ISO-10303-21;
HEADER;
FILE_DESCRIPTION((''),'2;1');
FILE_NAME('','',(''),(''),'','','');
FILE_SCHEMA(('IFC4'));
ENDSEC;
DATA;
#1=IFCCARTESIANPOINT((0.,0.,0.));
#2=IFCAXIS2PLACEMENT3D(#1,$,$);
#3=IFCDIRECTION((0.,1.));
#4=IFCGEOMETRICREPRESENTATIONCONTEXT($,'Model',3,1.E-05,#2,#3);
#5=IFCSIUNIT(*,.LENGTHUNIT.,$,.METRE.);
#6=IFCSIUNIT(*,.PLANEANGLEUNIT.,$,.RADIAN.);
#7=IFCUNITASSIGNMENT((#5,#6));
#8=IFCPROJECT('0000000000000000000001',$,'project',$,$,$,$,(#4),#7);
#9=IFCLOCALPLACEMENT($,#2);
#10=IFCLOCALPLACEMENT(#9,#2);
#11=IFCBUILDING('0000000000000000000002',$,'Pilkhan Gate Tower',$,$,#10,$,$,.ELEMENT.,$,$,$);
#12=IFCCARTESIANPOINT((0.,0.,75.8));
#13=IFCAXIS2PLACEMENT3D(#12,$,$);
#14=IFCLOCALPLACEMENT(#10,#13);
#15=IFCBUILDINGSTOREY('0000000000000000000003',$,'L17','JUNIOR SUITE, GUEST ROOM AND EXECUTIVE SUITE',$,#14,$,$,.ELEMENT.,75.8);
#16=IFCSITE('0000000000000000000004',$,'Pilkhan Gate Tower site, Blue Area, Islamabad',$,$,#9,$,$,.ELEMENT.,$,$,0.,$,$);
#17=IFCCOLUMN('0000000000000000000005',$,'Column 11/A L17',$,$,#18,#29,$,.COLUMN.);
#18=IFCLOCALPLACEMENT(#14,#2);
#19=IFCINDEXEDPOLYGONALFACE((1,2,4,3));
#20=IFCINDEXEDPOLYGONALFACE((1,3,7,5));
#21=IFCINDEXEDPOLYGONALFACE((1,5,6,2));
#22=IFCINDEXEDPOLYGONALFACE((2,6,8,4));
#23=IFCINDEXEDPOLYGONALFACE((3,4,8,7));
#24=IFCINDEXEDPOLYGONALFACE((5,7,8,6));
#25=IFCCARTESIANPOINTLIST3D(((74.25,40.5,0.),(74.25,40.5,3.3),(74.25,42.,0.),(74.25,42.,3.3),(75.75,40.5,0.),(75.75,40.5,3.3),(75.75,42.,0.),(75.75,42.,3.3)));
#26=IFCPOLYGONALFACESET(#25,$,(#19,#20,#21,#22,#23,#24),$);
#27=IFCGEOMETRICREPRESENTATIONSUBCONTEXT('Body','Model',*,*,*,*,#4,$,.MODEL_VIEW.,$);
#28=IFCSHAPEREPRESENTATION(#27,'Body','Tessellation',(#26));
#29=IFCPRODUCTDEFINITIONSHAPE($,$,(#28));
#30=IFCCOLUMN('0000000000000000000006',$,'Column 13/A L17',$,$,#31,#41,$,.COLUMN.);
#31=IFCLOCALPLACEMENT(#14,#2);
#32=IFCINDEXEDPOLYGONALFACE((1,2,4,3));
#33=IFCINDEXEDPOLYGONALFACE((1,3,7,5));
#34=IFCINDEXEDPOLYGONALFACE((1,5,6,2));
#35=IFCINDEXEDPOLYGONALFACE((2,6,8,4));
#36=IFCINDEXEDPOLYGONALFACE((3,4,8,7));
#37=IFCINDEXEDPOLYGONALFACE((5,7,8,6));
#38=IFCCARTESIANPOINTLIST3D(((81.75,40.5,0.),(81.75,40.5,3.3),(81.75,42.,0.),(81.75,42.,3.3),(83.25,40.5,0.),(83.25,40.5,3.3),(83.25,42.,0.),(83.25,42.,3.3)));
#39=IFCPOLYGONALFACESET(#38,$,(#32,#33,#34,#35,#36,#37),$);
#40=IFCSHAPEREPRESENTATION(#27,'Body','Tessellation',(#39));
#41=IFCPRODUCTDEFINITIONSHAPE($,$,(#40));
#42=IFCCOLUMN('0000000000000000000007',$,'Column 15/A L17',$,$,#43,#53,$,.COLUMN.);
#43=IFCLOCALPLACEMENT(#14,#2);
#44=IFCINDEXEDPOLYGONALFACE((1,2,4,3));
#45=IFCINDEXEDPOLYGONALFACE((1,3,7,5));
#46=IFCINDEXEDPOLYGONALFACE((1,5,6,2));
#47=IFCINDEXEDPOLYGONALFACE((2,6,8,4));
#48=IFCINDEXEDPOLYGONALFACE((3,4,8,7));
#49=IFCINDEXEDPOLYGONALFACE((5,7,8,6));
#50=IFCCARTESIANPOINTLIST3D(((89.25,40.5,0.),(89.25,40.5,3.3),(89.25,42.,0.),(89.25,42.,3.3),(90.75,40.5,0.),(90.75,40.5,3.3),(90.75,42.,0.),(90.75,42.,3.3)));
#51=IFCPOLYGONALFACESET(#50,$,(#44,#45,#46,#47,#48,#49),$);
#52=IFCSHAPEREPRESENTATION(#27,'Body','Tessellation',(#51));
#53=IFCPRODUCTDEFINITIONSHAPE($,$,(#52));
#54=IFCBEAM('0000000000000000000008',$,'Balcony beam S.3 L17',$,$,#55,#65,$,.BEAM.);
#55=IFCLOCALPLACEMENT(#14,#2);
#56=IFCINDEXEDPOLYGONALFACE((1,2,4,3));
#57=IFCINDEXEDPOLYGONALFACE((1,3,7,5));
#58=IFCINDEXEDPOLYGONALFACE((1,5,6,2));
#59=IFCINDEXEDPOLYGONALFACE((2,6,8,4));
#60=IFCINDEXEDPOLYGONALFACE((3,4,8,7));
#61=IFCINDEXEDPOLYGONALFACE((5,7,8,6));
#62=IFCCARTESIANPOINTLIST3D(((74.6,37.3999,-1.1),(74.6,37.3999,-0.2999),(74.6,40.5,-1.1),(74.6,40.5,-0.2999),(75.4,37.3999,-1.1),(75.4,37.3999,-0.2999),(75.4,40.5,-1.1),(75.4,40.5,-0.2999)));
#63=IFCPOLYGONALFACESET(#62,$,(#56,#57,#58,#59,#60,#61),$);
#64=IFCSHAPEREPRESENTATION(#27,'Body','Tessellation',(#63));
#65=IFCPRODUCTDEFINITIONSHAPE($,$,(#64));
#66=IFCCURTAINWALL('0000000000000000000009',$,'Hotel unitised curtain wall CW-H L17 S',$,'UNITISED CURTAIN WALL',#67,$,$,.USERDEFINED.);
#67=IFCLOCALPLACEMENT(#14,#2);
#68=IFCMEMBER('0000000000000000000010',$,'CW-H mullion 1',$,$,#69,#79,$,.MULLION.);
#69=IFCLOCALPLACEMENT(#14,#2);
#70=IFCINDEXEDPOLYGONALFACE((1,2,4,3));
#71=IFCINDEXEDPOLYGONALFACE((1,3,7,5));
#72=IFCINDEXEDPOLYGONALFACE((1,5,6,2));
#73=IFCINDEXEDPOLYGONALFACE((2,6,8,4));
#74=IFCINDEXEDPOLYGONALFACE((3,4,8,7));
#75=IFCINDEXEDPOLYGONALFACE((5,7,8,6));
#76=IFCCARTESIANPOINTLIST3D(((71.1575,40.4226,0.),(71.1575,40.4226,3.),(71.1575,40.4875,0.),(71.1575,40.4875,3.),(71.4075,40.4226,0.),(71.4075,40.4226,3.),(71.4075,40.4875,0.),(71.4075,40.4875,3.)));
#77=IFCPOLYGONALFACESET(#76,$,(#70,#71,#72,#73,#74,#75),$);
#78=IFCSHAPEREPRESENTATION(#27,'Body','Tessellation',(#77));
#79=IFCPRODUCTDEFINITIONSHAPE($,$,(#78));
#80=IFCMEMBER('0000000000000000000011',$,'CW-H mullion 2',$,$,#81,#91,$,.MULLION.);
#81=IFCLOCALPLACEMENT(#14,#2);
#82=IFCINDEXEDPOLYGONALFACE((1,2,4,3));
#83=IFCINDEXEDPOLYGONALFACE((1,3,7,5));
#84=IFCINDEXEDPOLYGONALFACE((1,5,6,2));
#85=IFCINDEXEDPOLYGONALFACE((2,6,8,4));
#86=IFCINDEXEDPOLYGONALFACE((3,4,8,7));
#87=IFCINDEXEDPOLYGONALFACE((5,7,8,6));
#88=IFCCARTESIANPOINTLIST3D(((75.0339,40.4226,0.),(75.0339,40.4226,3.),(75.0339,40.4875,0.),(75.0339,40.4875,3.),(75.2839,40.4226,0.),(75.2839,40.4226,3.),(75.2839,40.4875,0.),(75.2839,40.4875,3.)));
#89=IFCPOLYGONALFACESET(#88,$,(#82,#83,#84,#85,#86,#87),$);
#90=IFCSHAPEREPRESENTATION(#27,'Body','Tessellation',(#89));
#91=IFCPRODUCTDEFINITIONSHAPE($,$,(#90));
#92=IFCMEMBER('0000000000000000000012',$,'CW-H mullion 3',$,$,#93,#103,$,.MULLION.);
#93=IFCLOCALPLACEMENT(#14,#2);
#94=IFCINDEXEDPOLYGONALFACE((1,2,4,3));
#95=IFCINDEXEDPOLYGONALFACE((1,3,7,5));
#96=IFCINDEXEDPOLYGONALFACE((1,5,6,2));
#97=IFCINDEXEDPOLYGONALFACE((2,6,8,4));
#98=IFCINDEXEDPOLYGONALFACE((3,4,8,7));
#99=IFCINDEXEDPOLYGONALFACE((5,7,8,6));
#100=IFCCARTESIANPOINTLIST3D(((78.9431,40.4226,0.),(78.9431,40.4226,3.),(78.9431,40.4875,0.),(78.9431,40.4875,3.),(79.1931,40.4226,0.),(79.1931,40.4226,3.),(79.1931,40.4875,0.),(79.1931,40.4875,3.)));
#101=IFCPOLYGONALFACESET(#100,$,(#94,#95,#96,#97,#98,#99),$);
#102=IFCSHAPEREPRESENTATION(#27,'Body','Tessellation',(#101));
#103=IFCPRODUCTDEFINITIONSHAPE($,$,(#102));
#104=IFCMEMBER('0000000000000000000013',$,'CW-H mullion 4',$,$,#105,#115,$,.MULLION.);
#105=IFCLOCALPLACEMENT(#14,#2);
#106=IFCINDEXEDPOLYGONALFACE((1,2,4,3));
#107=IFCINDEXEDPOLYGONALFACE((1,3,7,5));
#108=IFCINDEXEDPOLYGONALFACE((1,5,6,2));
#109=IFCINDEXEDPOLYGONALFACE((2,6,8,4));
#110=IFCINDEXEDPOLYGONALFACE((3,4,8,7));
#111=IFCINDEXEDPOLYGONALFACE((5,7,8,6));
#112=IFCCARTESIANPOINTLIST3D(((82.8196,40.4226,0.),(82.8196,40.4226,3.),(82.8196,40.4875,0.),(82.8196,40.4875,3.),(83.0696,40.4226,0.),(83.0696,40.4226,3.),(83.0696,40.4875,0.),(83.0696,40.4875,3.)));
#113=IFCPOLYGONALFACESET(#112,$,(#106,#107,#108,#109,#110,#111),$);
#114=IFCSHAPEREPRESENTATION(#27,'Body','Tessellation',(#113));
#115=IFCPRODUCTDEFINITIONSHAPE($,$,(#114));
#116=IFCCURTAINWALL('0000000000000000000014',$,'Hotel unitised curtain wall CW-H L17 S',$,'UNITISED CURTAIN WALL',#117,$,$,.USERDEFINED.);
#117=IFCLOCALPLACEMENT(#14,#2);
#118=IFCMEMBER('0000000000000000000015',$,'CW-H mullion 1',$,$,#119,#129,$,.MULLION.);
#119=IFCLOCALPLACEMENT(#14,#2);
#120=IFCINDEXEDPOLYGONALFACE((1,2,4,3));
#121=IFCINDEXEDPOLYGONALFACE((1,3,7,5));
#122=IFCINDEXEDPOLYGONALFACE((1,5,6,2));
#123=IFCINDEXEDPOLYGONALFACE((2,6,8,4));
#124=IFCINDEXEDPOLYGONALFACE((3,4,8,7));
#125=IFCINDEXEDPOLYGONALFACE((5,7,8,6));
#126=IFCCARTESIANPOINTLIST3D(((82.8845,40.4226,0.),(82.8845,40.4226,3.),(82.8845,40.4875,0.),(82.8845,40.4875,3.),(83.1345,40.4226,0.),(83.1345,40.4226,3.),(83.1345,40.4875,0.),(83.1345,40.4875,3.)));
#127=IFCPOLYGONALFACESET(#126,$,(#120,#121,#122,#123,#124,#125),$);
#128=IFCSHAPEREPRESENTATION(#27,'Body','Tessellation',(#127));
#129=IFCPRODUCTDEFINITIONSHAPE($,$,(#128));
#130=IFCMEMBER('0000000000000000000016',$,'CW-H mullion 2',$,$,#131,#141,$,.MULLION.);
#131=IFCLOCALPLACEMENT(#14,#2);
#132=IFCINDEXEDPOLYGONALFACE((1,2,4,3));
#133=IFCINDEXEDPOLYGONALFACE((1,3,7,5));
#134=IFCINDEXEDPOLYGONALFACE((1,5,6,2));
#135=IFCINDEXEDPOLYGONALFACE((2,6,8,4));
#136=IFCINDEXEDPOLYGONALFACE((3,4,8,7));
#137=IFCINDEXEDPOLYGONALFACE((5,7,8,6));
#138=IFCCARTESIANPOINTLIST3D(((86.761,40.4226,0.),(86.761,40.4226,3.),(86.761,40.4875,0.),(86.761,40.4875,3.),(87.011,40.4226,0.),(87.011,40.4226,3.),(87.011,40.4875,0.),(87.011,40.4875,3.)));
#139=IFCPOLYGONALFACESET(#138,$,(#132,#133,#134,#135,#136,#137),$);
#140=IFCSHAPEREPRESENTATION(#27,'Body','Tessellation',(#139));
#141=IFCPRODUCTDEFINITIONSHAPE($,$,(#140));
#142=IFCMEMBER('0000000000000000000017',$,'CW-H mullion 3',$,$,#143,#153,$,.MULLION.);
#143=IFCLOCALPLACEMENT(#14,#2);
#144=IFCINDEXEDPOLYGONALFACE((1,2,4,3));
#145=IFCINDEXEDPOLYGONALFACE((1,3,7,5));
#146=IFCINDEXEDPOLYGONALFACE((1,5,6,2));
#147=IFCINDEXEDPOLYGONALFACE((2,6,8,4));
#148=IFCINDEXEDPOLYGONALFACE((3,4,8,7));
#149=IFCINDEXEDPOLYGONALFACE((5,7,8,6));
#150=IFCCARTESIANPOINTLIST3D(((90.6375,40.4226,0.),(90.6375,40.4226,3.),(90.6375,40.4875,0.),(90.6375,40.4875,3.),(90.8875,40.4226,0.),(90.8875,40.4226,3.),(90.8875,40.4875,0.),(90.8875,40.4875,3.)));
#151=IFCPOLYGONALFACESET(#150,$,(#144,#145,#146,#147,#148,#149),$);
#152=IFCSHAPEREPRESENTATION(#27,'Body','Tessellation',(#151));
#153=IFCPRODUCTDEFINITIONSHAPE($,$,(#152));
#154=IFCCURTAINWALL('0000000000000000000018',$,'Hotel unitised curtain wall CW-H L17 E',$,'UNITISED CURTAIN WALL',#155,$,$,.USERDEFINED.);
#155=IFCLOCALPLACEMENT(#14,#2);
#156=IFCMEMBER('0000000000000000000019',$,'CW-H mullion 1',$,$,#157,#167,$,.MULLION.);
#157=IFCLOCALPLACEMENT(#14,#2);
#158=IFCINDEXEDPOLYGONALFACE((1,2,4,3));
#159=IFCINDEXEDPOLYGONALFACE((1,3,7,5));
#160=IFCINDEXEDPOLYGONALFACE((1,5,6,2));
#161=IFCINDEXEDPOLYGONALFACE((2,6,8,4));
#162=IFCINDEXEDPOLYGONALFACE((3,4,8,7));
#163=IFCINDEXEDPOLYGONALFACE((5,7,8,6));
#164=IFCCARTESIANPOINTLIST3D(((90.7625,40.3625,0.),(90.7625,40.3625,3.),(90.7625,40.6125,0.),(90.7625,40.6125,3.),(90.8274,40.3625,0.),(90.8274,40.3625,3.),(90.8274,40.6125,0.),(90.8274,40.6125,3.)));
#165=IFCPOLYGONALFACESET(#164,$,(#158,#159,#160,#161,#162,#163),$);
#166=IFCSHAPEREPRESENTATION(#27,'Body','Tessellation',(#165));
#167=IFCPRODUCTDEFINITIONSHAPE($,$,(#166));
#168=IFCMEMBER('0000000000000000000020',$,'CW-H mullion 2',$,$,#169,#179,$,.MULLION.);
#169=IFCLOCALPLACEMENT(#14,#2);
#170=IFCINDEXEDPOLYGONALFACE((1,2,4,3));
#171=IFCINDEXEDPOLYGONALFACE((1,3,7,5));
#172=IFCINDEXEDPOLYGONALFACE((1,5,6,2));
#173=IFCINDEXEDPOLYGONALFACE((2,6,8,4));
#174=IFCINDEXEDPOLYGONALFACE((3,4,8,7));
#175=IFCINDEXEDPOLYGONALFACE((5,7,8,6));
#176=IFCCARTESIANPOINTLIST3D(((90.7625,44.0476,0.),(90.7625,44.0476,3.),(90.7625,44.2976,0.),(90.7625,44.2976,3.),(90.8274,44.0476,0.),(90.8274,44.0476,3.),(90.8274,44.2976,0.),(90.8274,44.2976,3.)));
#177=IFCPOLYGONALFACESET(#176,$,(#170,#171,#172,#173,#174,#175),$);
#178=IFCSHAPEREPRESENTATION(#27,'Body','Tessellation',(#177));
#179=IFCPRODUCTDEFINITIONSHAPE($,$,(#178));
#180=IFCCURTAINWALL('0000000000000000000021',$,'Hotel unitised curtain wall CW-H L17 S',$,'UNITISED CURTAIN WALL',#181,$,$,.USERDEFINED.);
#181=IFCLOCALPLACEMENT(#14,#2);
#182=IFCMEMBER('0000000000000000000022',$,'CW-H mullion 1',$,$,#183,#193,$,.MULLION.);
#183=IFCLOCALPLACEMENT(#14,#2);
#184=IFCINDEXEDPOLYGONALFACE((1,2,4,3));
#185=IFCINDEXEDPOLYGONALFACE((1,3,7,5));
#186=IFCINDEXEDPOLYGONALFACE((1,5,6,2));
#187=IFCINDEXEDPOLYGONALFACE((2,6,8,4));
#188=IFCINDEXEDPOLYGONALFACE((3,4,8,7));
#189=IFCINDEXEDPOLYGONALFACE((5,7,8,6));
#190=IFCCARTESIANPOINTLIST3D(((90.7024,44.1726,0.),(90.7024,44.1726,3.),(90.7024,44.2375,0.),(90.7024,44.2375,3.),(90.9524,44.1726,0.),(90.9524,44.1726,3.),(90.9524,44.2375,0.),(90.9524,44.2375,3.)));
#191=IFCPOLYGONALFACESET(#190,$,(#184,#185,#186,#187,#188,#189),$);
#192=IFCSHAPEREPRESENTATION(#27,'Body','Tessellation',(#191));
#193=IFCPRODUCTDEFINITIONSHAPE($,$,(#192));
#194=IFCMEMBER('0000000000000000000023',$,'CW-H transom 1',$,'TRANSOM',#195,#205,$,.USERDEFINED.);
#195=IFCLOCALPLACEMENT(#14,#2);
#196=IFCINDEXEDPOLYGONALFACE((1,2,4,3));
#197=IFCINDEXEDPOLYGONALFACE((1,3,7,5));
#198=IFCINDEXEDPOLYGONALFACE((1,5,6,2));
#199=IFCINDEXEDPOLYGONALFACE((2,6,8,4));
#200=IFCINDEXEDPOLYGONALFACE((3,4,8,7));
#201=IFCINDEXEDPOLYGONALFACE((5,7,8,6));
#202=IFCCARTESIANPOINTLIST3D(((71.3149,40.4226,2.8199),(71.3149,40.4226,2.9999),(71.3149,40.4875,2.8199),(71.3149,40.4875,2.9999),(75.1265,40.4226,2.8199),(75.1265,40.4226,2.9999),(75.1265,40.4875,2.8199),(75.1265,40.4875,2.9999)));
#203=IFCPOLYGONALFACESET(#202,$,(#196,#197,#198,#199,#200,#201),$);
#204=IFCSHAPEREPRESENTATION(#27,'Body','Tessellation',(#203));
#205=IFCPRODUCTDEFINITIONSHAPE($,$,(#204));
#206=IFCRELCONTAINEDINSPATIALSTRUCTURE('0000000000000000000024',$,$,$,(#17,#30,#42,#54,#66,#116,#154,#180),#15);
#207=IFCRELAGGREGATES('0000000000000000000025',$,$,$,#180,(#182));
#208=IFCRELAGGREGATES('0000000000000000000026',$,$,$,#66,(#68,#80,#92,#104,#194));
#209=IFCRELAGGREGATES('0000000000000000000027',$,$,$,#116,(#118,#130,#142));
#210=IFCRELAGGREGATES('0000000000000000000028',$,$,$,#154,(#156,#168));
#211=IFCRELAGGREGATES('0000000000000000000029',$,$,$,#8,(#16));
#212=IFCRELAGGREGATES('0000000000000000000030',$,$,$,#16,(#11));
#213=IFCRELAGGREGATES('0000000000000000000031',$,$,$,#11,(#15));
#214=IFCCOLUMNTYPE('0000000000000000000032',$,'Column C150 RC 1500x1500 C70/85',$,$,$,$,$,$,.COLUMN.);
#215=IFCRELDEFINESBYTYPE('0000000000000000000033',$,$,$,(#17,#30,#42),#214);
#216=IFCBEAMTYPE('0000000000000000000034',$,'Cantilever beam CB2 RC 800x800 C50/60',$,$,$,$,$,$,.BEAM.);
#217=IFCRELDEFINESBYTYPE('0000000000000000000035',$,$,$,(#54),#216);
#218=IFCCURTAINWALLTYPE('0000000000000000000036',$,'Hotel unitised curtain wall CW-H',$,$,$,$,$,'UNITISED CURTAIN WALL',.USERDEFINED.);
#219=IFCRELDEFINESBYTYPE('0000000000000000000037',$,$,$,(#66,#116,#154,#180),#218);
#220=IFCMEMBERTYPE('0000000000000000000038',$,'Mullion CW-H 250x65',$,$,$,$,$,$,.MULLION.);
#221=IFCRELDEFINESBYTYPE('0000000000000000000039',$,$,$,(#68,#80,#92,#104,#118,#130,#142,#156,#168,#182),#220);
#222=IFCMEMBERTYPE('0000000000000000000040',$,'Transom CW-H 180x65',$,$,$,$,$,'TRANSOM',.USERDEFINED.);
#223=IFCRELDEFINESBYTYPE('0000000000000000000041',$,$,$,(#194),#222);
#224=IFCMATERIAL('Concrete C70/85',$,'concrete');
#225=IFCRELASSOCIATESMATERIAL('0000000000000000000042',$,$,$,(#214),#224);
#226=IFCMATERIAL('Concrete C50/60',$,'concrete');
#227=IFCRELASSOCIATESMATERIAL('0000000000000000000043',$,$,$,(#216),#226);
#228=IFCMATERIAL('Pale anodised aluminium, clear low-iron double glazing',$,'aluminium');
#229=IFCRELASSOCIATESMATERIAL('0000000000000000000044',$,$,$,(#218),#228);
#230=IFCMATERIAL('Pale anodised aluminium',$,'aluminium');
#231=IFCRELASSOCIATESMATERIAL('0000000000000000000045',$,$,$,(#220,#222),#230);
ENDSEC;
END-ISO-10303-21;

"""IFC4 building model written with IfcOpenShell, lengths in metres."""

from ifc_helpers import new_model, si_unit, direction, frame, origin, origin_2d, place, context, subcontext, project, spatial, rectangle, extrude, material, material_profile, profile_set, type_object, element, aggregate, save


model = new_model("IFC4")

# Units and contexts
model_context = context("Model", 3, precision=1e-05, world=origin(), true_north=direction((0.0, 1.0)))
body_context = subcontext(model_context, "Body", "Model", "MODEL_VIEW")
ifc_project = project(units=[si_unit("LENGTHUNIT", "METRE"), si_unit("PLANEANGLEUNIT", "RADIAN")], contexts=[model_context])

# Site, building, storey
site_placement = place(None, origin())
site = spatial("IfcSite", under=ifc_project, at=site_placement, Name="Pilkhan Gate Tower site, Blue Area, Islamabad", CompositionType="ELEMENT", RefElevation=0.0)
building_placement = place(site_placement, origin())
building = spatial("IfcBuilding", under=site, at=building_placement, Name="Pilkhan Gate Tower", CompositionType="ELEMENT")
storey_placement = place(building_placement, frame((0.0, 0.0, 75.8)))
storey = spatial("IfcBuildingStorey", under=building, at=storey_placement, Name="L17", Description="JUNIOR SUITE, GUEST ROOM AND EXECUTIVE SUITE", CompositionType="ELEMENT", Elevation=75.8)

# Columns
ifc_material_1 = material(Name="Concrete C70/85", Category="concrete")
ifc_material_profile_1 = material_profile(ifc_material_1, rectangle(XDim=1.5, YDim=1.5, at=origin_2d()), Name="RC 1500x1500")
ifc_profile_set_1 = profile_set([ifc_material_profile_1], Name="Concrete C70/85")
column_type = type_object("IfcColumnType", Name="Column C150 RC 1500x1500 C70/85", PredefinedType="COLUMN", material=ifc_profile_set_1)
for number, where, z_axis, x_axis, name in (
    (1, (75.0, 41.25, 0.0), (0.0, 0.0, 1.0), (1.0, 0.0, 0.0), "Column 11/A L17"),
    (2, (82.5, 41.25, 0.0), (0.0, 0.0, 1.0), (1.0, 0.0, 0.0), "Column 13/A L17"),
    (3, (90.0, 41.25, 0.0), (0.0, 0.0, 1.0), (1.0, 0.0, 0.0), "Column 15/A L17"),
):
    element("IfcColumn", number, at=place(storey_placement, frame(where, z_axis=z_axis, x_axis=x_axis)), inside=storey, type_object=column_type, Name=name, PredefinedType="COLUMN", context=body_context, shape_type="SweptSolid", body=[
        extrude(rectangle(XDim=1.5, YDim=1.5, at=origin_2d()), origin(), (0.0, 0.0, 1.0), 3.3),
    ])

# Beam
ifc_material_2 = material(Name="Concrete C50/60", Category="concrete")
ifc_material_profile_2 = material_profile(ifc_material_2, rectangle(XDim=0.8, YDim=0.8, at=origin_2d()), Name="RC 800x800")
ifc_profile_set_2 = profile_set([ifc_material_profile_2], Name="Concrete C50/60")
beam_type = type_object("IfcBeamType", Name="Cantilever beam CB2 RC 800x800 C50/60", PredefinedType="BEAM", material=ifc_profile_set_2)
beam_placement = place(storey_placement, frame((75.0, 40.5, -0.7), z_axis=(0.0, -1.0, 0.0), x_axis=(1.0, 0.0, 0.0)))
element("IfcBeam", 4, at=beam_placement, inside=storey, type_object=beam_type, Name="Balcony beam S.3 L17", PredefinedType="BEAM", context=body_context, shape_type="SweptSolid", body=[
    extrude(rectangle(XDim=0.8, YDim=0.8, at=origin_2d()), origin(), (0.0, 0.0, 1.0), 3.1001),
])

# Curtain walls, members
ifc_material_3 = material(Name="Pale anodised aluminium, clear low-iron double glazing", Category="aluminium")
curtain_wall_type = type_object("IfcCurtainWallType", Name="Hotel unitised curtain wall CW-H", ElementType="UNITISED CURTAIN WALL", PredefinedType="USERDEFINED", material=ifc_material_3)
curtain_wall_1_placement = place(storey_placement, origin())
curtain_wall_1 = element("IfcCurtainWall", 5, at=curtain_wall_1_placement, inside=storey, type_object=curtain_wall_type, Name="Hotel unitised curtain wall CW-H L17 S", ObjectType="UNITISED CURTAIN WALL", PredefinedType="USERDEFINED")
ifc_material_4 = material(Name="Pale anodised aluminium", Category="aluminium")
ifc_material_profile_3 = material_profile(ifc_material_4, rectangle(XDim=0.0649, YDim=0.25, at=origin_2d()), Name="Mullion 250x65")
ifc_profile_set_3 = profile_set([ifc_material_profile_3], Name="Pale anodised aluminium")
member_type_1 = type_object("IfcMemberType", Name="Mullion CW-H 250x65", PredefinedType="MULLION", material=ifc_profile_set_3)
member_1_placement = place(storey_placement, frame((71.2825, 40.4551, 0.0), z_axis=(0.0, 0.0, 1.0), x_axis=(0.0, 1.0, 0.0)))
member_1 = element("IfcMember", 6, at=member_1_placement, type_object=member_type_1, Name="CW-H mullion 1", PredefinedType="MULLION", context=body_context, shape_type="SweptSolid", body=[
    extrude(rectangle(XDim=0.0649, YDim=0.25, at=origin_2d()), origin(), (0.0, 0.0, 1.0), 3.0),
])
member_2_placement = place(storey_placement, frame((75.1589, 40.4551, 0.0), z_axis=(0.0, 0.0, 1.0), x_axis=(0.0, 1.0, 0.0)))
member_2 = element("IfcMember", 7, at=member_2_placement, type_object=member_type_1, Name="CW-H mullion 2", PredefinedType="MULLION", context=body_context, shape_type="SweptSolid", body=[
    extrude(rectangle(XDim=0.0649, YDim=0.25, at=origin_2d()), origin(), (0.0, 0.0, 1.0), 3.0),
])
member_3_placement = place(storey_placement, frame((79.0681, 40.4551, 0.0), z_axis=(0.0, 0.0, 1.0), x_axis=(0.0, 1.0, 0.0)))
member_3 = element("IfcMember", 8, at=member_3_placement, type_object=member_type_1, Name="CW-H mullion 3", PredefinedType="MULLION", context=body_context, shape_type="SweptSolid", body=[
    extrude(rectangle(XDim=0.0649, YDim=0.25, at=origin_2d()), origin(), (0.0, 0.0, 1.0), 3.0),
])
member_4_placement = place(storey_placement, frame((82.9446, 40.4551, 0.0), z_axis=(0.0, 0.0, 1.0), x_axis=(0.0, 1.0, 0.0)))
member_4 = element("IfcMember", 9, at=member_4_placement, type_object=member_type_1, Name="CW-H mullion 4", PredefinedType="MULLION", context=body_context, shape_type="SweptSolid", body=[
    extrude(rectangle(XDim=0.0649, YDim=0.25, at=origin_2d()), origin(), (0.0, 0.0, 1.0), 3.0),
])
curtain_wall_2_placement = place(storey_placement, origin())
curtain_wall_2 = element("IfcCurtainWall", 10, at=curtain_wall_2_placement, inside=storey, type_object=curtain_wall_type, Name="Hotel unitised curtain wall CW-H L17 S", ObjectType="UNITISED CURTAIN WALL", PredefinedType="USERDEFINED")
member_5_placement = place(storey_placement, frame((83.0095, 40.4551, 0.0), z_axis=(0.0, 0.0, 1.0), x_axis=(0.0, 1.0, 0.0)))
member_5 = element("IfcMember", 11, at=member_5_placement, type_object=member_type_1, Name="CW-H mullion 1", PredefinedType="MULLION", context=body_context, shape_type="SweptSolid", body=[
    extrude(rectangle(XDim=0.0649, YDim=0.25, at=origin_2d()), origin(), (0.0, 0.0, 1.0), 3.0),
])
member_6_placement = place(storey_placement, frame((86.886, 40.4551, 0.0), z_axis=(0.0, 0.0, 1.0), x_axis=(0.0, 1.0, 0.0)))
member_6 = element("IfcMember", 12, at=member_6_placement, type_object=member_type_1, Name="CW-H mullion 2", PredefinedType="MULLION", context=body_context, shape_type="SweptSolid", body=[
    extrude(rectangle(XDim=0.0649, YDim=0.25, at=origin_2d()), origin(), (0.0, 0.0, 1.0), 3.0),
])
member_7_placement = place(storey_placement, frame((90.7625, 40.4551, 0.0), z_axis=(0.0, 0.0, 1.0), x_axis=(0.0, 1.0, 0.0)))
member_7 = element("IfcMember", 13, at=member_7_placement, type_object=member_type_1, Name="CW-H mullion 3", PredefinedType="MULLION", context=body_context, shape_type="SweptSolid", body=[
    extrude(rectangle(XDim=0.0649, YDim=0.25, at=origin_2d()), origin(), (0.0, 0.0, 1.0), 3.0),
])
curtain_wall_3_placement = place(storey_placement, origin())
curtain_wall_3 = element("IfcCurtainWall", 14, at=curtain_wall_3_placement, inside=storey, type_object=curtain_wall_type, Name="Hotel unitised curtain wall CW-H L17 E", ObjectType="UNITISED CURTAIN WALL", PredefinedType="USERDEFINED")
member_8_placement = place(storey_placement, frame((90.7949, 40.4875, 0.0), z_axis=(0.0, 0.0, 1.0), x_axis=(-1.0, 0.0, 0.0)))
member_8 = element("IfcMember", 15, at=member_8_placement, type_object=member_type_1, Name="CW-H mullion 1", PredefinedType="MULLION", context=body_context, shape_type="SweptSolid", body=[
    extrude(rectangle(XDim=0.0649, YDim=0.25, at=origin_2d()), origin(), (0.0, 0.0, 1.0), 3.0),
])
member_9_placement = place(storey_placement, frame((90.7949, 44.1726, 0.0), z_axis=(0.0, 0.0, 1.0), x_axis=(-1.0, 0.0, 0.0)))
member_9 = element("IfcMember", 16, at=member_9_placement, type_object=member_type_1, Name="CW-H mullion 2", PredefinedType="MULLION", context=body_context, shape_type="SweptSolid", body=[
    extrude(rectangle(XDim=0.0649, YDim=0.25, at=origin_2d()), origin(), (0.0, 0.0, 1.0), 3.0),
])

# Curtain wall, member
curtain_wall_4_placement = place(storey_placement, origin())
curtain_wall_4 = element("IfcCurtainWall", 17, at=curtain_wall_4_placement, inside=storey, type_object=curtain_wall_type, Name="Hotel unitised curtain wall CW-H L17 S", ObjectType="UNITISED CURTAIN WALL", PredefinedType="USERDEFINED")
member_10_placement = place(storey_placement, frame((90.8274, 44.2051, 0.0), z_axis=(0.0, 0.0, 1.0), x_axis=(0.0, 1.0, 0.0)))
member_10 = element("IfcMember", 18, at=member_10_placement, type_object=member_type_1, Name="CW-H mullion 1", PredefinedType="MULLION", context=body_context, shape_type="SweptSolid", body=[
    extrude(rectangle(XDim=0.0649, YDim=0.25, at=origin_2d()), origin(), (0.0, 0.0, 1.0), 3.0),
])
aggregate(curtain_wall_4, [member_10])

# Member
ifc_material_profile_4 = material_profile(ifc_material_4, rectangle(XDim=0.0649, YDim=0.1799, at=origin_2d()), Name="Transom 180x65")
ifc_profile_set_4 = profile_set([ifc_material_profile_4], Name="Pale anodised aluminium")
member_type_2 = type_object("IfcMemberType", Name="Transom CW-H 180x65", ElementType="TRANSOM", PredefinedType="USERDEFINED", material=ifc_profile_set_4)
member_11_placement = place(storey_placement, frame((71.3149, 40.4551, 2.9099), z_axis=(1.0, 0.0, 0.0), x_axis=(0.0, 1.0, 0.0)))
member_11 = element("IfcMember", 19, at=member_11_placement, type_object=member_type_2, Name="CW-H transom 1", ObjectType="TRANSOM", PredefinedType="USERDEFINED", context=body_context, shape_type="SweptSolid", body=[
    extrude(rectangle(XDim=0.0649, YDim=0.1799, at=origin_2d()), origin(), (0.0, 0.0, 1.0), 3.8115),
])

aggregate(curtain_wall_1, [member_1, member_2, member_3, member_4, member_11])
aggregate(curtain_wall_2, [member_5, member_6, member_7])
aggregate(curtain_wall_3, [member_8, member_9])

save(model, "model.ifc")
